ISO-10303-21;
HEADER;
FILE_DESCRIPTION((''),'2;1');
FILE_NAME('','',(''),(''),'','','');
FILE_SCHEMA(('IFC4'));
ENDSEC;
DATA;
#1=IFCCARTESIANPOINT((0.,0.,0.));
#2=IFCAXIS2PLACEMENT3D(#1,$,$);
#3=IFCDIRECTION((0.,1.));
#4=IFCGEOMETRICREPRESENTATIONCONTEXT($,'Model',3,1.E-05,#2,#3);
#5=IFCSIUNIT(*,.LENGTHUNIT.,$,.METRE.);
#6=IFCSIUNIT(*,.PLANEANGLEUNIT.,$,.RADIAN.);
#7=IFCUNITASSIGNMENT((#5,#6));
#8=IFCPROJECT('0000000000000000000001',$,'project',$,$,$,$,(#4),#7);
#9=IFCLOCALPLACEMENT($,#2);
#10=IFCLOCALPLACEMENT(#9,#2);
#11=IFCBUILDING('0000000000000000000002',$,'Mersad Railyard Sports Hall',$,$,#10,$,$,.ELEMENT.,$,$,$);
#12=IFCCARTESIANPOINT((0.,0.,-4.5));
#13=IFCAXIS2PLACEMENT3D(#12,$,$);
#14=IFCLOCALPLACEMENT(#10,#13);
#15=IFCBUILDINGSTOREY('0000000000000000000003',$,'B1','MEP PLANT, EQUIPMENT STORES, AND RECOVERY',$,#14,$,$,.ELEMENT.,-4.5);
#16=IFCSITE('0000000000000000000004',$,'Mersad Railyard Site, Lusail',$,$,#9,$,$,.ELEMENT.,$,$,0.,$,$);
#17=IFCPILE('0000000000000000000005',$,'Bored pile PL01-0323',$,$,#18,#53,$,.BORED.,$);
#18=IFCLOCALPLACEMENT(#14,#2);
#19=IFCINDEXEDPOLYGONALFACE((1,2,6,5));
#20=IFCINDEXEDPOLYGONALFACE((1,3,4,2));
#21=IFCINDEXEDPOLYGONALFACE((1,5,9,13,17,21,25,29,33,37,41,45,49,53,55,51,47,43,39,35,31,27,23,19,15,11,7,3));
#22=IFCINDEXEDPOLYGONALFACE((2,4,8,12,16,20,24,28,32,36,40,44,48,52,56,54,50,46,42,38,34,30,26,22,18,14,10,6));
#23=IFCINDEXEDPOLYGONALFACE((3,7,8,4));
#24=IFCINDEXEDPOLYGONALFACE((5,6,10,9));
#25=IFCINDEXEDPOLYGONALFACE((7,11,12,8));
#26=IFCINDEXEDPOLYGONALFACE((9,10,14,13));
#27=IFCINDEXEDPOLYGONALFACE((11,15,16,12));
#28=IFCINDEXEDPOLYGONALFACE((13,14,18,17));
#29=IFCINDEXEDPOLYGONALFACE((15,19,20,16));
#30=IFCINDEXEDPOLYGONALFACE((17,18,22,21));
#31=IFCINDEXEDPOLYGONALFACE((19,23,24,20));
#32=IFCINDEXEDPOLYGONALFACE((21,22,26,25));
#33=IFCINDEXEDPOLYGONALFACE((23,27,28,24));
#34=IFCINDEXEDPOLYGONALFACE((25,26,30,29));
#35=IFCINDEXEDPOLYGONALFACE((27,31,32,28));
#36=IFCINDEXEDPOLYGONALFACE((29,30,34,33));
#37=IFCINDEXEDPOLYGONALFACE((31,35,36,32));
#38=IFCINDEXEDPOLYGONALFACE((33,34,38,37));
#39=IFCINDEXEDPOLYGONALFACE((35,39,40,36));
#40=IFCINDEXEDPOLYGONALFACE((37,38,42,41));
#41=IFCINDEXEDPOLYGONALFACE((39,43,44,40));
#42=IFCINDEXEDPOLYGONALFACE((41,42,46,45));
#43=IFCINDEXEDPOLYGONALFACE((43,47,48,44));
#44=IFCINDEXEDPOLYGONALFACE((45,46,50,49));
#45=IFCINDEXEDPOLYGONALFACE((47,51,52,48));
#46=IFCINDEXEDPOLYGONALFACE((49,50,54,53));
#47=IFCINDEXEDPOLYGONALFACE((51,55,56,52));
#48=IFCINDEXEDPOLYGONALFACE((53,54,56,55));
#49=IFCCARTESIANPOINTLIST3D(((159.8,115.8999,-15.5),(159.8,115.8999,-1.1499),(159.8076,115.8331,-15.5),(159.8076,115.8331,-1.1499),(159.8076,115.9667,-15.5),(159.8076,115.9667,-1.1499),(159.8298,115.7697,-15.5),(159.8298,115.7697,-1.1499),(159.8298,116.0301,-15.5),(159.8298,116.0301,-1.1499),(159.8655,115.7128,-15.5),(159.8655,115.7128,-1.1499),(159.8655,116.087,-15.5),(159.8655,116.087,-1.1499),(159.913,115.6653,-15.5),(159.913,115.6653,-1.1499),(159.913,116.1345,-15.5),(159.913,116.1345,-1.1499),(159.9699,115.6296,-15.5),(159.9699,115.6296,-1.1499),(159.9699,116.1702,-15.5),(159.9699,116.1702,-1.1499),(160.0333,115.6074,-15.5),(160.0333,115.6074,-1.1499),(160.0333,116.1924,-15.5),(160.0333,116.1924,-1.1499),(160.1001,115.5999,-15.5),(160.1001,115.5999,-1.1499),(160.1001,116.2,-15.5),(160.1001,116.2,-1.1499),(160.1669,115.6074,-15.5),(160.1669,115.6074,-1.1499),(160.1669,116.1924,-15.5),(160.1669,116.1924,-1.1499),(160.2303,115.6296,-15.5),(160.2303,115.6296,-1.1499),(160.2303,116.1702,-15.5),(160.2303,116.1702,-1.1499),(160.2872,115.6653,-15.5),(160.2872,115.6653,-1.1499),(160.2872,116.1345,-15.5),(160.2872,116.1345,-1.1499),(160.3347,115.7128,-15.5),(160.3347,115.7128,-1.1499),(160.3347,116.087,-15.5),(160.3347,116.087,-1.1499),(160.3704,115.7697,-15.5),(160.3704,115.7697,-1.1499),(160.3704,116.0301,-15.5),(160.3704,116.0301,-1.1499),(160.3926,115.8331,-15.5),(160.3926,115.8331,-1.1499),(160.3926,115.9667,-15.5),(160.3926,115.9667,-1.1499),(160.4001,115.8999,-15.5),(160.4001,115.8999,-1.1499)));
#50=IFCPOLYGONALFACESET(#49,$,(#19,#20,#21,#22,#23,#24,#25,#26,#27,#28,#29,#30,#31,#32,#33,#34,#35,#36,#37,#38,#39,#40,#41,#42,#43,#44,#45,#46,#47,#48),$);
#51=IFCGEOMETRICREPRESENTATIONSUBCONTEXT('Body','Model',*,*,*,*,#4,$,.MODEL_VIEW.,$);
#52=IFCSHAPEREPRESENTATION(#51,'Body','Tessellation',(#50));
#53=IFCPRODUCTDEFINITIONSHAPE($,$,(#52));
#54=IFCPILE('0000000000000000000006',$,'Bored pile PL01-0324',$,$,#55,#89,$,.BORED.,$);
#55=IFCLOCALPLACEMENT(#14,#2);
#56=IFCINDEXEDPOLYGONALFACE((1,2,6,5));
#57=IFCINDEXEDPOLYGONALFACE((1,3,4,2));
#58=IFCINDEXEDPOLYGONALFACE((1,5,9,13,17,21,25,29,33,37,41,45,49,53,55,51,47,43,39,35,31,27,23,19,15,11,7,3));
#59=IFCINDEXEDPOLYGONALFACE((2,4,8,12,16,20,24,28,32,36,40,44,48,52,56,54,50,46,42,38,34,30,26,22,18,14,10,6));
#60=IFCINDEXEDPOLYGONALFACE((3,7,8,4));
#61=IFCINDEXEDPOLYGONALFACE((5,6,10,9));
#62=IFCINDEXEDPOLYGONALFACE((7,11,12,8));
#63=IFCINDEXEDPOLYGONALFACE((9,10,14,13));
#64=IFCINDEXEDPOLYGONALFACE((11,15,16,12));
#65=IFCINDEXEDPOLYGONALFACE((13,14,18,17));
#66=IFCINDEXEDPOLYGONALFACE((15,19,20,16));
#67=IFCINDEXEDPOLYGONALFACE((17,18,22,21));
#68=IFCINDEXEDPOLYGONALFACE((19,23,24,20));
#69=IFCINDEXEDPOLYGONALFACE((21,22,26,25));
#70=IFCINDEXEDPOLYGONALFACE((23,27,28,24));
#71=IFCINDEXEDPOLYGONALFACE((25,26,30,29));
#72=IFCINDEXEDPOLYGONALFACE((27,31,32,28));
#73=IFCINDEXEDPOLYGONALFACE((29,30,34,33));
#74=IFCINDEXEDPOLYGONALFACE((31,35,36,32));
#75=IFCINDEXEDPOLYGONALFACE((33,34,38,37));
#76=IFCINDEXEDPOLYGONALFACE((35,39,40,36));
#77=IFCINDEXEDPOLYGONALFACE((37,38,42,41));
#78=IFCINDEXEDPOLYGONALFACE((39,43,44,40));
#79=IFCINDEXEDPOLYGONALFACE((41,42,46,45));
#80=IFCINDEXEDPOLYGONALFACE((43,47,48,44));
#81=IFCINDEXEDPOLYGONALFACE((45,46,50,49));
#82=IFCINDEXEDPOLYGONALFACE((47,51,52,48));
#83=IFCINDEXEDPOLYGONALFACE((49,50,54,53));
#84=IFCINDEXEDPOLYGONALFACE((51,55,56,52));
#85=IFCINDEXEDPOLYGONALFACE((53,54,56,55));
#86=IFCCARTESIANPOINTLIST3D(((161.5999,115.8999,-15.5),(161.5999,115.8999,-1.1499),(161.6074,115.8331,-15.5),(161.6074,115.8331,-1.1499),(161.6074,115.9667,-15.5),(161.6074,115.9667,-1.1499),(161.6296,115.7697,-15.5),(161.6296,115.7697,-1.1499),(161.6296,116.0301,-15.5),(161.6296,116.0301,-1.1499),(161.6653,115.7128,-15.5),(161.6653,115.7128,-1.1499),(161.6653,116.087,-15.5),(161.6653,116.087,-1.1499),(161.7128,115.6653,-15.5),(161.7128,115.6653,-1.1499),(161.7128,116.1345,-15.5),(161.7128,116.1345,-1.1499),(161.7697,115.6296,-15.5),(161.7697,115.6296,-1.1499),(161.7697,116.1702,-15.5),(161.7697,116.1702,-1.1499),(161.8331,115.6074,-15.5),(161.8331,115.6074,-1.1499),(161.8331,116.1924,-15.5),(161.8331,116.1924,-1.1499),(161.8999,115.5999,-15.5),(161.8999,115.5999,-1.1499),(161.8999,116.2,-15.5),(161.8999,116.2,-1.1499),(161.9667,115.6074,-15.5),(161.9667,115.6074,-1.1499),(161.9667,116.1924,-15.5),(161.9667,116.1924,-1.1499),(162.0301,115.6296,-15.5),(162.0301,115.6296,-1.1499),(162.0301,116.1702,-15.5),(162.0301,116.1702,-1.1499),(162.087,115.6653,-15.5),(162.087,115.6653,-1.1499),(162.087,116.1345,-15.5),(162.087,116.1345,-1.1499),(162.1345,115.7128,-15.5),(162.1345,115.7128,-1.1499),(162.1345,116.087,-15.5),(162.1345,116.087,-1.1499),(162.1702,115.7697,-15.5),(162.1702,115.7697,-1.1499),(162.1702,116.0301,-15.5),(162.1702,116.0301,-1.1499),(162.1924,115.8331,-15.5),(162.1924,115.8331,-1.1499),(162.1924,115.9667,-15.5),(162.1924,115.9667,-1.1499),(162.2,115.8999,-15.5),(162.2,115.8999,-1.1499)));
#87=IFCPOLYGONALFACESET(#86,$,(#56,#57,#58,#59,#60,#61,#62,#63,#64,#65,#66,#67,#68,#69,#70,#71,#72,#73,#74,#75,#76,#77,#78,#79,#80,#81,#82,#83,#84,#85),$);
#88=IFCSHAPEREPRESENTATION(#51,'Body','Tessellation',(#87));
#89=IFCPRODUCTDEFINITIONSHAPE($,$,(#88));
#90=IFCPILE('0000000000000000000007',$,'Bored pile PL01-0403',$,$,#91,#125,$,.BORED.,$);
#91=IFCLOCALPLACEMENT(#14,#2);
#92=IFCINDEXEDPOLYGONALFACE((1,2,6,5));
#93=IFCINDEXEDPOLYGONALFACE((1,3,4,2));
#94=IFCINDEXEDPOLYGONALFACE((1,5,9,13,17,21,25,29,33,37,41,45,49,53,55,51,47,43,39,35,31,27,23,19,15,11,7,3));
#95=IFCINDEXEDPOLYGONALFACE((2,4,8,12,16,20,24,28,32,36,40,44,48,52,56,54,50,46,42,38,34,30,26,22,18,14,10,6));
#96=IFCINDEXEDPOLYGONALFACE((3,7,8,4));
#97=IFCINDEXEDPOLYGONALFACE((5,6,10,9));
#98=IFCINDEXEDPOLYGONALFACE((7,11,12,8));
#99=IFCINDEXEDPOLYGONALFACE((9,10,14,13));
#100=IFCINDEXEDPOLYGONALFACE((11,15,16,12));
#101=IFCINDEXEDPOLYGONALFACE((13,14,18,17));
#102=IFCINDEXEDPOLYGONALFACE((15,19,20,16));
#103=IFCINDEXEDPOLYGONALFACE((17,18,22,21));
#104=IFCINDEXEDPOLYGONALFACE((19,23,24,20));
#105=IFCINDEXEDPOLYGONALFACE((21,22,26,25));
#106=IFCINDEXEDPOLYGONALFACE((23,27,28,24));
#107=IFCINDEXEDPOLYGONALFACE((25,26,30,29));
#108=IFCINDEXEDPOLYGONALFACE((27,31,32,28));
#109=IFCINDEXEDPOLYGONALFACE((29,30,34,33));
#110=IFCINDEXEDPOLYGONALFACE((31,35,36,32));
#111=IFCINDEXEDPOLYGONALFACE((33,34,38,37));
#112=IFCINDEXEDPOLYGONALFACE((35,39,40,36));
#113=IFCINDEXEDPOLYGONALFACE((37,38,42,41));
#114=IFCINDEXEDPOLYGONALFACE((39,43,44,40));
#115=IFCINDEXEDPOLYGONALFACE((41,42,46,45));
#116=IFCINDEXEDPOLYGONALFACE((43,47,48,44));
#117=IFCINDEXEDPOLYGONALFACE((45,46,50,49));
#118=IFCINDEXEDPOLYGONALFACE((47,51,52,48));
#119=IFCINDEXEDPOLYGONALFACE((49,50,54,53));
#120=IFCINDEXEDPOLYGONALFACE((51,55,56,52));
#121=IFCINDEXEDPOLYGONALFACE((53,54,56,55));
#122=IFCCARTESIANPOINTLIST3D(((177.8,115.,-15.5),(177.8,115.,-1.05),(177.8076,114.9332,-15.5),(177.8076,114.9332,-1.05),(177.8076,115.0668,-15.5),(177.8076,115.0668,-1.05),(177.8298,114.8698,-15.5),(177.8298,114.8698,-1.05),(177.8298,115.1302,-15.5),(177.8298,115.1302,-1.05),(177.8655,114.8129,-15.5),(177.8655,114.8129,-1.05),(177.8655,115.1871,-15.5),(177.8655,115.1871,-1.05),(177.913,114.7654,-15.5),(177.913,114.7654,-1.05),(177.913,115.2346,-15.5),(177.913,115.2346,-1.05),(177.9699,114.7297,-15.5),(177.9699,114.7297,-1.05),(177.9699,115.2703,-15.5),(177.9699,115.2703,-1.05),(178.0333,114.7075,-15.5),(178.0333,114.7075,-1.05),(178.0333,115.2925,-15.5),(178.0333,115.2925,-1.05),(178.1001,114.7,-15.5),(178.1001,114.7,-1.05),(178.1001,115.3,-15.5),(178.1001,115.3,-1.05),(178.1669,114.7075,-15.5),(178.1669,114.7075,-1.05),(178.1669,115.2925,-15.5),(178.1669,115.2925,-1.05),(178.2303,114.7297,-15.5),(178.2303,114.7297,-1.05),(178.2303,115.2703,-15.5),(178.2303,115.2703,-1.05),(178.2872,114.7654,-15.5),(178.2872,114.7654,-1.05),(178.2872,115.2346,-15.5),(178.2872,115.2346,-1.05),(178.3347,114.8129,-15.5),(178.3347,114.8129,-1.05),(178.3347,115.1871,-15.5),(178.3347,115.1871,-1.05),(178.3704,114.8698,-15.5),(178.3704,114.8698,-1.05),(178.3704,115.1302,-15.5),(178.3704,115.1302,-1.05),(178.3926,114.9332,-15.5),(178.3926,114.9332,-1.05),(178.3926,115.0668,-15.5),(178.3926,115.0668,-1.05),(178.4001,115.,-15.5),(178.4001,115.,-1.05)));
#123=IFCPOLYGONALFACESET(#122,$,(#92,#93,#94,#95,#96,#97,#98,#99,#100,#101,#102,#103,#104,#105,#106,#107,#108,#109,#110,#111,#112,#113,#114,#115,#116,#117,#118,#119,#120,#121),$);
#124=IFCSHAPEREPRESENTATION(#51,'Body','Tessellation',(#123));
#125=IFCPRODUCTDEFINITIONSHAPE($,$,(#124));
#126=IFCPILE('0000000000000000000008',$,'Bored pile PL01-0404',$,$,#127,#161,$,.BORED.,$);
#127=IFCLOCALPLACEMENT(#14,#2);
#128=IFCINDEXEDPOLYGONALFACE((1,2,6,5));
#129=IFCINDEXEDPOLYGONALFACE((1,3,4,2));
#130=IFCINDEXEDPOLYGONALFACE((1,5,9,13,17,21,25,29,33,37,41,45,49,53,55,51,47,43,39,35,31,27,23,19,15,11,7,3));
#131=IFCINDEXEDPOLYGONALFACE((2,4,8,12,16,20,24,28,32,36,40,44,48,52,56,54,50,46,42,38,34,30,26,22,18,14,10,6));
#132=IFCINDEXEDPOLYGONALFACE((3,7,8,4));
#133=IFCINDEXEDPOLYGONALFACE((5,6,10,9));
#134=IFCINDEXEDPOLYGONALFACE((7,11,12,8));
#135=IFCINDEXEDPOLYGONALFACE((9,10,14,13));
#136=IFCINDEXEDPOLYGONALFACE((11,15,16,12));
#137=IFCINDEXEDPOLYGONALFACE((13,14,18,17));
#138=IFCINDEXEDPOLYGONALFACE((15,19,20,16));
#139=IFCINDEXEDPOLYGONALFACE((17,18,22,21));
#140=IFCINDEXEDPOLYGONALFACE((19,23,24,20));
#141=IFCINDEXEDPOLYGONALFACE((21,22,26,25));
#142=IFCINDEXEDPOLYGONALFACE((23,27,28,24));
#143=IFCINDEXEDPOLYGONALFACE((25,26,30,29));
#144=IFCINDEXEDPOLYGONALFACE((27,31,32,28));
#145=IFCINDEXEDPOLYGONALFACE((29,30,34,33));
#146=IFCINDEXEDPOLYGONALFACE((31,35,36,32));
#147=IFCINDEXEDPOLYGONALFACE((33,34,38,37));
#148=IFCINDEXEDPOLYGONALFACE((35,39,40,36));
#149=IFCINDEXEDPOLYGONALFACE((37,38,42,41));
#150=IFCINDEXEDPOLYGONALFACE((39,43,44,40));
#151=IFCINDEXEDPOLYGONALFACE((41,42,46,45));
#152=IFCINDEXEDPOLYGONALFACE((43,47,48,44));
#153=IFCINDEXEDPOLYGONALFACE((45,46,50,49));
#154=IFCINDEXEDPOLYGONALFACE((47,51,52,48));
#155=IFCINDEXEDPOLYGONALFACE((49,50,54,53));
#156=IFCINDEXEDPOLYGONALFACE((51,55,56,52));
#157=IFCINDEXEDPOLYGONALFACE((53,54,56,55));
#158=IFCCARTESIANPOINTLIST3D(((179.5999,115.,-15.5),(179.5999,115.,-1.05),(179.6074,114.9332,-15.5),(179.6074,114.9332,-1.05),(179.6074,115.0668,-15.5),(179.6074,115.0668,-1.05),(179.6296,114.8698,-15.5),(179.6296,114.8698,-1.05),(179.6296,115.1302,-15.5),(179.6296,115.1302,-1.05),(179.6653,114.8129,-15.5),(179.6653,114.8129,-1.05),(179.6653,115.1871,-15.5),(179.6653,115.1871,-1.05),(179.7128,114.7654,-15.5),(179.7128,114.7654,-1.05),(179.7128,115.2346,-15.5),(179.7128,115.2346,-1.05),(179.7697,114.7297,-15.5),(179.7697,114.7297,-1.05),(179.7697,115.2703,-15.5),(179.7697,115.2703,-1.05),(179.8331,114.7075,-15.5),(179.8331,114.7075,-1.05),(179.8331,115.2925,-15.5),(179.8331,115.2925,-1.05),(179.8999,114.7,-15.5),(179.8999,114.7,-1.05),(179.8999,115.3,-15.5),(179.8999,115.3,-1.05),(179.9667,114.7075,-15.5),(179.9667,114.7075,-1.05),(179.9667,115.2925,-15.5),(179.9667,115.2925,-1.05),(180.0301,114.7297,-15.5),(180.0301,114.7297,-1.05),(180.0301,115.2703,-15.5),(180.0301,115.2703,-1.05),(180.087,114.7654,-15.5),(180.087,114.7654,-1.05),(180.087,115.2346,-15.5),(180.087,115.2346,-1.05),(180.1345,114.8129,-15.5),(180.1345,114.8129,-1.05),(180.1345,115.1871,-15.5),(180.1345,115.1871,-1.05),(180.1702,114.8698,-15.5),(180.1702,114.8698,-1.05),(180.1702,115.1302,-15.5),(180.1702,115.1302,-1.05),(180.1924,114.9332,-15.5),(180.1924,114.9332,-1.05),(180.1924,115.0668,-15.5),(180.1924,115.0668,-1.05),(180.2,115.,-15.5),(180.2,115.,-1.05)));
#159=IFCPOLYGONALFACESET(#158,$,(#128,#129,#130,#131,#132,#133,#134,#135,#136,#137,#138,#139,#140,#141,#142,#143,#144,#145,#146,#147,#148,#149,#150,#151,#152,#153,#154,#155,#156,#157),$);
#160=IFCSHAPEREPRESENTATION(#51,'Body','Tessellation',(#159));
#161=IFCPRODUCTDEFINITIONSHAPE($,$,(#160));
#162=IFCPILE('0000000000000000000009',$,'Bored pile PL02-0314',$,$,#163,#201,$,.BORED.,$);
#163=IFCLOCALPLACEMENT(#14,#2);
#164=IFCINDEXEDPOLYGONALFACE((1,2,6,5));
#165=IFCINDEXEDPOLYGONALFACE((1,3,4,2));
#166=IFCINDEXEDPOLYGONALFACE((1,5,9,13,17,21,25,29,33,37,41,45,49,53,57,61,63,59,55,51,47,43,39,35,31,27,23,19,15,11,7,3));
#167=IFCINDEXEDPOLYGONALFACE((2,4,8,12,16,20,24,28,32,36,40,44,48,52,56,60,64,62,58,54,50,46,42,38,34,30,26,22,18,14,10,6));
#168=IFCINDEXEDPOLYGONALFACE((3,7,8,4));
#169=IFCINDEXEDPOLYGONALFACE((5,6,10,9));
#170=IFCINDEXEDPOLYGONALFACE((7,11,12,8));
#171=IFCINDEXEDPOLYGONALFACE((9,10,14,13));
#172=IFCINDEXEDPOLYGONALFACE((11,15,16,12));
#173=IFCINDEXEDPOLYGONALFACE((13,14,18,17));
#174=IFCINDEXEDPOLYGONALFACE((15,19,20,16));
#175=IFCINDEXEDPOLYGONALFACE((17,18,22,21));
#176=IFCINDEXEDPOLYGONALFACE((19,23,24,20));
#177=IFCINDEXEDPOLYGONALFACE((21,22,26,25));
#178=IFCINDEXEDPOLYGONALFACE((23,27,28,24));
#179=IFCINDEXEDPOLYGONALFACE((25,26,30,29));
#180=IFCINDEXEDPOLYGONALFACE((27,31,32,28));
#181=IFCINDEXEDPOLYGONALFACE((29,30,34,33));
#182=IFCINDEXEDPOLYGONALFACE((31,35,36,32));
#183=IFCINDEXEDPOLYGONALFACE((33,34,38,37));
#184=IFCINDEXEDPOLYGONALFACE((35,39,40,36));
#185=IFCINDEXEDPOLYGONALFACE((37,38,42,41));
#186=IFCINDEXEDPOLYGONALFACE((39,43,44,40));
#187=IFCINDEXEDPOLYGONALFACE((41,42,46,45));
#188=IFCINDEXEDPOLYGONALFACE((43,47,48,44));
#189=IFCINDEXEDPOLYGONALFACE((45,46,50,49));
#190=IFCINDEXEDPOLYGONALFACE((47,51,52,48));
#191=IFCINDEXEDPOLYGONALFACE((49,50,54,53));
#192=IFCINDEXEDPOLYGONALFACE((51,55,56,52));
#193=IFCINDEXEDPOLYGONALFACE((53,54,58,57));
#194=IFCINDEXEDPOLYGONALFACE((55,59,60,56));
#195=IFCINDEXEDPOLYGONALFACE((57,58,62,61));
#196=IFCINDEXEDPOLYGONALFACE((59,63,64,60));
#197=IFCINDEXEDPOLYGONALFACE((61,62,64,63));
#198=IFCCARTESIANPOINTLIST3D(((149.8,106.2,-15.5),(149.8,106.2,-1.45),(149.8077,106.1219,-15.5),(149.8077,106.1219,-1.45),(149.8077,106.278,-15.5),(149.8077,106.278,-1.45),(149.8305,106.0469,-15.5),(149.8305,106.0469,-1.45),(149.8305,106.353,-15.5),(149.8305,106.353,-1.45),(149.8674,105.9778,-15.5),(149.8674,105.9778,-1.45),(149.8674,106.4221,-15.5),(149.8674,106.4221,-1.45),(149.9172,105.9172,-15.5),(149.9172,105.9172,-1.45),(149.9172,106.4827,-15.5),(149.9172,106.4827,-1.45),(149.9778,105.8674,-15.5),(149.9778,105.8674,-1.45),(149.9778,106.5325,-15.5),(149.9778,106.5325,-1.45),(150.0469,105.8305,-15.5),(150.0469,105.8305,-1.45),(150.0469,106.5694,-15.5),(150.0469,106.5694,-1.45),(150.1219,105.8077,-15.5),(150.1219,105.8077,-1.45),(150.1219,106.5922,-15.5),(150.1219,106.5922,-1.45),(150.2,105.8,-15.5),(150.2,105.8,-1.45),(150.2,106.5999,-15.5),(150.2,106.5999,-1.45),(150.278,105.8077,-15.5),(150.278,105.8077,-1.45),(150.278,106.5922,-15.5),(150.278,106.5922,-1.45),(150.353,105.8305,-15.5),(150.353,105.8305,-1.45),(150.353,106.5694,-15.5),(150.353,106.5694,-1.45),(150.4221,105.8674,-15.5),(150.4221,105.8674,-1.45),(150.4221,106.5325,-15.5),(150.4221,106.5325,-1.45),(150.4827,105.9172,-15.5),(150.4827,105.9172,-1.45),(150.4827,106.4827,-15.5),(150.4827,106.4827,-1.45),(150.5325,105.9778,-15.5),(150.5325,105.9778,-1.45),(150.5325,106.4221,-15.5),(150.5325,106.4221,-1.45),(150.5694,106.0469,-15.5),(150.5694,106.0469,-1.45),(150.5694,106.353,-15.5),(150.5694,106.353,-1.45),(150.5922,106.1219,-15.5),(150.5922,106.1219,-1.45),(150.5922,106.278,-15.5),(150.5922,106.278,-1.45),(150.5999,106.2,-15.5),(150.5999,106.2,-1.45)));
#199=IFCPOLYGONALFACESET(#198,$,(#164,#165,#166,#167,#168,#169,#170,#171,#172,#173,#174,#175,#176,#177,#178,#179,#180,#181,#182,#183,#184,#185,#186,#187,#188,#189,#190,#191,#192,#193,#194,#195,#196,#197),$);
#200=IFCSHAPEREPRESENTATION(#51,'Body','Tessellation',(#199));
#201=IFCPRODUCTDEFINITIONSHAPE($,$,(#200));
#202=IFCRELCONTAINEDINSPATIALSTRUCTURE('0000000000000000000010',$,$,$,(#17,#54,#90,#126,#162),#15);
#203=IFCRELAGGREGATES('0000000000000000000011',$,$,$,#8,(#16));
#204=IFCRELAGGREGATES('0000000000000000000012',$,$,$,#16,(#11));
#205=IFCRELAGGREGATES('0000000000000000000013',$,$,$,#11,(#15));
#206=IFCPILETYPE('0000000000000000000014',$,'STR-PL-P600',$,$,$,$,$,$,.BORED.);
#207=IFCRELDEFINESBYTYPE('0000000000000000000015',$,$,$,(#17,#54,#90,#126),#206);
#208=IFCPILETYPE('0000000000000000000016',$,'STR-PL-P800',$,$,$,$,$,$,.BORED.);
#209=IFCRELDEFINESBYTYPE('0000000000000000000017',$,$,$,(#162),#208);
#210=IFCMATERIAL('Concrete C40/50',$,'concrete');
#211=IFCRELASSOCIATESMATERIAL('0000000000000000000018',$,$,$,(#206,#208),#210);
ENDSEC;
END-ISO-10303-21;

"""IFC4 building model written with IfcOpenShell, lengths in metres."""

from ifc_helpers import new_model, si_unit, direction, frame, origin, origin_2d, place, context, subcontext, project, spatial, circle, extrude, material, material_profile, profile_set, type_object, element, save


model = new_model("IFC4")

# Units and contexts
model_context = context("Model", 3, precision=1e-05, world=origin(), true_north=direction((0.0, 1.0)))
body_context = subcontext(model_context, "Body", "Model", "MODEL_VIEW")
ifc_project = project(units=[si_unit("LENGTHUNIT", "METRE"), si_unit("PLANEANGLEUNIT", "RADIAN")], contexts=[model_context])

# Site, building, storey
site_placement = place(None, origin())
site = spatial("IfcSite", under=ifc_project, at=site_placement, Name="Mersad Railyard Site, Lusail", CompositionType="ELEMENT", RefElevation=0.0)
building_placement = place(site_placement, origin())
building = spatial("IfcBuilding", under=site, at=building_placement, Name="Mersad Railyard Sports Hall", CompositionType="ELEMENT")
storey_placement = place(building_placement, frame((0.0, 0.0, -4.5)))
storey = spatial("IfcBuildingStorey", under=building, at=storey_placement, Name="B1", Description="MEP PLANT, EQUIPMENT STORES, AND RECOVERY", CompositionType="ELEMENT", Elevation=-4.5)

# Shared definitions
ifc_material_1 = material(Name="Concrete C40/50", Category="concrete")

# Piles
ifc_material_profile_1 = material_profile(ifc_material_1, circle(Radius=0.3, at=origin_2d()), Name="BORED PILE D600")
ifc_profile_set_1 = profile_set([ifc_material_profile_1], Name="Concrete C40/50")
pile_type_1 = type_object("IfcPileType", Name="STR-PL-P600", PredefinedType="BORED", material=ifc_profile_set_1)
for number, where, z_axis, x_axis, name in (
    (1, (160.1001, 115.8999, -1.1499), (0.0, 0.0, -1.0), (1.0, 0.0, 0.0), "Bored pile PL01-0323"),
    (2, (161.8999, 115.8999, -1.1499), (0.0, 0.0, -1.0), (1.0, 0.0, 0.0), "Bored pile PL01-0324"),
):
    element("IfcPile", number, at=place(storey_placement, frame(where, z_axis=z_axis, x_axis=x_axis)), inside=storey, type_object=pile_type_1, Name=name, PredefinedType="BORED", context=body_context, shape_type="SweptSolid", body=[
        extrude(circle(Radius=0.3, at=origin_2d()), origin(), (0.0, 0.0, 1.0), 14.3501),
    ])
for number, where, z_axis, x_axis, name in (
    (3, (178.1001, 115.0, -1.05), (0.0, 0.0, -1.0), (1.0, 0.0, 0.0), "Bored pile PL01-0403"),
    (4, (179.8999, 115.0, -1.05), (0.0, 0.0, -1.0), (1.0, 0.0, 0.0), "Bored pile PL01-0404"),
):
    element("IfcPile", number, at=place(storey_placement, frame(where, z_axis=z_axis, x_axis=x_axis)), inside=storey, type_object=pile_type_1, Name=name, PredefinedType="BORED", context=body_context, shape_type="SweptSolid", body=[
        extrude(circle(Radius=0.3, at=origin_2d()), origin(), (0.0, 0.0, 1.0), 14.45),
    ])
ifc_material_profile_2 = material_profile(ifc_material_1, circle(Radius=0.3999, at=origin_2d()), Name="BORED PILE D800")
ifc_profile_set_2 = profile_set([ifc_material_profile_2], Name="Concrete C40/50")
pile_type_2 = type_object("IfcPileType", Name="STR-PL-P800", PredefinedType="BORED", material=ifc_profile_set_2)
for number, where, z_axis, x_axis, name in (
    (5, (150.2, 106.2, -1.45), (0.0, 0.0, -1.0), (1.0, 0.0, 0.0), "Bored pile PL02-0314"),
):
    element("IfcPile", number, at=place(storey_placement, frame(where, z_axis=z_axis, x_axis=x_axis)), inside=storey, type_object=pile_type_2, Name=name, PredefinedType="BORED", context=body_context, shape_type="SweptSolid", body=[
        extrude(circle(Radius=0.3999, at=origin_2d()), origin(), (0.0, 0.0, 1.0), 14.05),
    ])

save(model, "model.ifc")
